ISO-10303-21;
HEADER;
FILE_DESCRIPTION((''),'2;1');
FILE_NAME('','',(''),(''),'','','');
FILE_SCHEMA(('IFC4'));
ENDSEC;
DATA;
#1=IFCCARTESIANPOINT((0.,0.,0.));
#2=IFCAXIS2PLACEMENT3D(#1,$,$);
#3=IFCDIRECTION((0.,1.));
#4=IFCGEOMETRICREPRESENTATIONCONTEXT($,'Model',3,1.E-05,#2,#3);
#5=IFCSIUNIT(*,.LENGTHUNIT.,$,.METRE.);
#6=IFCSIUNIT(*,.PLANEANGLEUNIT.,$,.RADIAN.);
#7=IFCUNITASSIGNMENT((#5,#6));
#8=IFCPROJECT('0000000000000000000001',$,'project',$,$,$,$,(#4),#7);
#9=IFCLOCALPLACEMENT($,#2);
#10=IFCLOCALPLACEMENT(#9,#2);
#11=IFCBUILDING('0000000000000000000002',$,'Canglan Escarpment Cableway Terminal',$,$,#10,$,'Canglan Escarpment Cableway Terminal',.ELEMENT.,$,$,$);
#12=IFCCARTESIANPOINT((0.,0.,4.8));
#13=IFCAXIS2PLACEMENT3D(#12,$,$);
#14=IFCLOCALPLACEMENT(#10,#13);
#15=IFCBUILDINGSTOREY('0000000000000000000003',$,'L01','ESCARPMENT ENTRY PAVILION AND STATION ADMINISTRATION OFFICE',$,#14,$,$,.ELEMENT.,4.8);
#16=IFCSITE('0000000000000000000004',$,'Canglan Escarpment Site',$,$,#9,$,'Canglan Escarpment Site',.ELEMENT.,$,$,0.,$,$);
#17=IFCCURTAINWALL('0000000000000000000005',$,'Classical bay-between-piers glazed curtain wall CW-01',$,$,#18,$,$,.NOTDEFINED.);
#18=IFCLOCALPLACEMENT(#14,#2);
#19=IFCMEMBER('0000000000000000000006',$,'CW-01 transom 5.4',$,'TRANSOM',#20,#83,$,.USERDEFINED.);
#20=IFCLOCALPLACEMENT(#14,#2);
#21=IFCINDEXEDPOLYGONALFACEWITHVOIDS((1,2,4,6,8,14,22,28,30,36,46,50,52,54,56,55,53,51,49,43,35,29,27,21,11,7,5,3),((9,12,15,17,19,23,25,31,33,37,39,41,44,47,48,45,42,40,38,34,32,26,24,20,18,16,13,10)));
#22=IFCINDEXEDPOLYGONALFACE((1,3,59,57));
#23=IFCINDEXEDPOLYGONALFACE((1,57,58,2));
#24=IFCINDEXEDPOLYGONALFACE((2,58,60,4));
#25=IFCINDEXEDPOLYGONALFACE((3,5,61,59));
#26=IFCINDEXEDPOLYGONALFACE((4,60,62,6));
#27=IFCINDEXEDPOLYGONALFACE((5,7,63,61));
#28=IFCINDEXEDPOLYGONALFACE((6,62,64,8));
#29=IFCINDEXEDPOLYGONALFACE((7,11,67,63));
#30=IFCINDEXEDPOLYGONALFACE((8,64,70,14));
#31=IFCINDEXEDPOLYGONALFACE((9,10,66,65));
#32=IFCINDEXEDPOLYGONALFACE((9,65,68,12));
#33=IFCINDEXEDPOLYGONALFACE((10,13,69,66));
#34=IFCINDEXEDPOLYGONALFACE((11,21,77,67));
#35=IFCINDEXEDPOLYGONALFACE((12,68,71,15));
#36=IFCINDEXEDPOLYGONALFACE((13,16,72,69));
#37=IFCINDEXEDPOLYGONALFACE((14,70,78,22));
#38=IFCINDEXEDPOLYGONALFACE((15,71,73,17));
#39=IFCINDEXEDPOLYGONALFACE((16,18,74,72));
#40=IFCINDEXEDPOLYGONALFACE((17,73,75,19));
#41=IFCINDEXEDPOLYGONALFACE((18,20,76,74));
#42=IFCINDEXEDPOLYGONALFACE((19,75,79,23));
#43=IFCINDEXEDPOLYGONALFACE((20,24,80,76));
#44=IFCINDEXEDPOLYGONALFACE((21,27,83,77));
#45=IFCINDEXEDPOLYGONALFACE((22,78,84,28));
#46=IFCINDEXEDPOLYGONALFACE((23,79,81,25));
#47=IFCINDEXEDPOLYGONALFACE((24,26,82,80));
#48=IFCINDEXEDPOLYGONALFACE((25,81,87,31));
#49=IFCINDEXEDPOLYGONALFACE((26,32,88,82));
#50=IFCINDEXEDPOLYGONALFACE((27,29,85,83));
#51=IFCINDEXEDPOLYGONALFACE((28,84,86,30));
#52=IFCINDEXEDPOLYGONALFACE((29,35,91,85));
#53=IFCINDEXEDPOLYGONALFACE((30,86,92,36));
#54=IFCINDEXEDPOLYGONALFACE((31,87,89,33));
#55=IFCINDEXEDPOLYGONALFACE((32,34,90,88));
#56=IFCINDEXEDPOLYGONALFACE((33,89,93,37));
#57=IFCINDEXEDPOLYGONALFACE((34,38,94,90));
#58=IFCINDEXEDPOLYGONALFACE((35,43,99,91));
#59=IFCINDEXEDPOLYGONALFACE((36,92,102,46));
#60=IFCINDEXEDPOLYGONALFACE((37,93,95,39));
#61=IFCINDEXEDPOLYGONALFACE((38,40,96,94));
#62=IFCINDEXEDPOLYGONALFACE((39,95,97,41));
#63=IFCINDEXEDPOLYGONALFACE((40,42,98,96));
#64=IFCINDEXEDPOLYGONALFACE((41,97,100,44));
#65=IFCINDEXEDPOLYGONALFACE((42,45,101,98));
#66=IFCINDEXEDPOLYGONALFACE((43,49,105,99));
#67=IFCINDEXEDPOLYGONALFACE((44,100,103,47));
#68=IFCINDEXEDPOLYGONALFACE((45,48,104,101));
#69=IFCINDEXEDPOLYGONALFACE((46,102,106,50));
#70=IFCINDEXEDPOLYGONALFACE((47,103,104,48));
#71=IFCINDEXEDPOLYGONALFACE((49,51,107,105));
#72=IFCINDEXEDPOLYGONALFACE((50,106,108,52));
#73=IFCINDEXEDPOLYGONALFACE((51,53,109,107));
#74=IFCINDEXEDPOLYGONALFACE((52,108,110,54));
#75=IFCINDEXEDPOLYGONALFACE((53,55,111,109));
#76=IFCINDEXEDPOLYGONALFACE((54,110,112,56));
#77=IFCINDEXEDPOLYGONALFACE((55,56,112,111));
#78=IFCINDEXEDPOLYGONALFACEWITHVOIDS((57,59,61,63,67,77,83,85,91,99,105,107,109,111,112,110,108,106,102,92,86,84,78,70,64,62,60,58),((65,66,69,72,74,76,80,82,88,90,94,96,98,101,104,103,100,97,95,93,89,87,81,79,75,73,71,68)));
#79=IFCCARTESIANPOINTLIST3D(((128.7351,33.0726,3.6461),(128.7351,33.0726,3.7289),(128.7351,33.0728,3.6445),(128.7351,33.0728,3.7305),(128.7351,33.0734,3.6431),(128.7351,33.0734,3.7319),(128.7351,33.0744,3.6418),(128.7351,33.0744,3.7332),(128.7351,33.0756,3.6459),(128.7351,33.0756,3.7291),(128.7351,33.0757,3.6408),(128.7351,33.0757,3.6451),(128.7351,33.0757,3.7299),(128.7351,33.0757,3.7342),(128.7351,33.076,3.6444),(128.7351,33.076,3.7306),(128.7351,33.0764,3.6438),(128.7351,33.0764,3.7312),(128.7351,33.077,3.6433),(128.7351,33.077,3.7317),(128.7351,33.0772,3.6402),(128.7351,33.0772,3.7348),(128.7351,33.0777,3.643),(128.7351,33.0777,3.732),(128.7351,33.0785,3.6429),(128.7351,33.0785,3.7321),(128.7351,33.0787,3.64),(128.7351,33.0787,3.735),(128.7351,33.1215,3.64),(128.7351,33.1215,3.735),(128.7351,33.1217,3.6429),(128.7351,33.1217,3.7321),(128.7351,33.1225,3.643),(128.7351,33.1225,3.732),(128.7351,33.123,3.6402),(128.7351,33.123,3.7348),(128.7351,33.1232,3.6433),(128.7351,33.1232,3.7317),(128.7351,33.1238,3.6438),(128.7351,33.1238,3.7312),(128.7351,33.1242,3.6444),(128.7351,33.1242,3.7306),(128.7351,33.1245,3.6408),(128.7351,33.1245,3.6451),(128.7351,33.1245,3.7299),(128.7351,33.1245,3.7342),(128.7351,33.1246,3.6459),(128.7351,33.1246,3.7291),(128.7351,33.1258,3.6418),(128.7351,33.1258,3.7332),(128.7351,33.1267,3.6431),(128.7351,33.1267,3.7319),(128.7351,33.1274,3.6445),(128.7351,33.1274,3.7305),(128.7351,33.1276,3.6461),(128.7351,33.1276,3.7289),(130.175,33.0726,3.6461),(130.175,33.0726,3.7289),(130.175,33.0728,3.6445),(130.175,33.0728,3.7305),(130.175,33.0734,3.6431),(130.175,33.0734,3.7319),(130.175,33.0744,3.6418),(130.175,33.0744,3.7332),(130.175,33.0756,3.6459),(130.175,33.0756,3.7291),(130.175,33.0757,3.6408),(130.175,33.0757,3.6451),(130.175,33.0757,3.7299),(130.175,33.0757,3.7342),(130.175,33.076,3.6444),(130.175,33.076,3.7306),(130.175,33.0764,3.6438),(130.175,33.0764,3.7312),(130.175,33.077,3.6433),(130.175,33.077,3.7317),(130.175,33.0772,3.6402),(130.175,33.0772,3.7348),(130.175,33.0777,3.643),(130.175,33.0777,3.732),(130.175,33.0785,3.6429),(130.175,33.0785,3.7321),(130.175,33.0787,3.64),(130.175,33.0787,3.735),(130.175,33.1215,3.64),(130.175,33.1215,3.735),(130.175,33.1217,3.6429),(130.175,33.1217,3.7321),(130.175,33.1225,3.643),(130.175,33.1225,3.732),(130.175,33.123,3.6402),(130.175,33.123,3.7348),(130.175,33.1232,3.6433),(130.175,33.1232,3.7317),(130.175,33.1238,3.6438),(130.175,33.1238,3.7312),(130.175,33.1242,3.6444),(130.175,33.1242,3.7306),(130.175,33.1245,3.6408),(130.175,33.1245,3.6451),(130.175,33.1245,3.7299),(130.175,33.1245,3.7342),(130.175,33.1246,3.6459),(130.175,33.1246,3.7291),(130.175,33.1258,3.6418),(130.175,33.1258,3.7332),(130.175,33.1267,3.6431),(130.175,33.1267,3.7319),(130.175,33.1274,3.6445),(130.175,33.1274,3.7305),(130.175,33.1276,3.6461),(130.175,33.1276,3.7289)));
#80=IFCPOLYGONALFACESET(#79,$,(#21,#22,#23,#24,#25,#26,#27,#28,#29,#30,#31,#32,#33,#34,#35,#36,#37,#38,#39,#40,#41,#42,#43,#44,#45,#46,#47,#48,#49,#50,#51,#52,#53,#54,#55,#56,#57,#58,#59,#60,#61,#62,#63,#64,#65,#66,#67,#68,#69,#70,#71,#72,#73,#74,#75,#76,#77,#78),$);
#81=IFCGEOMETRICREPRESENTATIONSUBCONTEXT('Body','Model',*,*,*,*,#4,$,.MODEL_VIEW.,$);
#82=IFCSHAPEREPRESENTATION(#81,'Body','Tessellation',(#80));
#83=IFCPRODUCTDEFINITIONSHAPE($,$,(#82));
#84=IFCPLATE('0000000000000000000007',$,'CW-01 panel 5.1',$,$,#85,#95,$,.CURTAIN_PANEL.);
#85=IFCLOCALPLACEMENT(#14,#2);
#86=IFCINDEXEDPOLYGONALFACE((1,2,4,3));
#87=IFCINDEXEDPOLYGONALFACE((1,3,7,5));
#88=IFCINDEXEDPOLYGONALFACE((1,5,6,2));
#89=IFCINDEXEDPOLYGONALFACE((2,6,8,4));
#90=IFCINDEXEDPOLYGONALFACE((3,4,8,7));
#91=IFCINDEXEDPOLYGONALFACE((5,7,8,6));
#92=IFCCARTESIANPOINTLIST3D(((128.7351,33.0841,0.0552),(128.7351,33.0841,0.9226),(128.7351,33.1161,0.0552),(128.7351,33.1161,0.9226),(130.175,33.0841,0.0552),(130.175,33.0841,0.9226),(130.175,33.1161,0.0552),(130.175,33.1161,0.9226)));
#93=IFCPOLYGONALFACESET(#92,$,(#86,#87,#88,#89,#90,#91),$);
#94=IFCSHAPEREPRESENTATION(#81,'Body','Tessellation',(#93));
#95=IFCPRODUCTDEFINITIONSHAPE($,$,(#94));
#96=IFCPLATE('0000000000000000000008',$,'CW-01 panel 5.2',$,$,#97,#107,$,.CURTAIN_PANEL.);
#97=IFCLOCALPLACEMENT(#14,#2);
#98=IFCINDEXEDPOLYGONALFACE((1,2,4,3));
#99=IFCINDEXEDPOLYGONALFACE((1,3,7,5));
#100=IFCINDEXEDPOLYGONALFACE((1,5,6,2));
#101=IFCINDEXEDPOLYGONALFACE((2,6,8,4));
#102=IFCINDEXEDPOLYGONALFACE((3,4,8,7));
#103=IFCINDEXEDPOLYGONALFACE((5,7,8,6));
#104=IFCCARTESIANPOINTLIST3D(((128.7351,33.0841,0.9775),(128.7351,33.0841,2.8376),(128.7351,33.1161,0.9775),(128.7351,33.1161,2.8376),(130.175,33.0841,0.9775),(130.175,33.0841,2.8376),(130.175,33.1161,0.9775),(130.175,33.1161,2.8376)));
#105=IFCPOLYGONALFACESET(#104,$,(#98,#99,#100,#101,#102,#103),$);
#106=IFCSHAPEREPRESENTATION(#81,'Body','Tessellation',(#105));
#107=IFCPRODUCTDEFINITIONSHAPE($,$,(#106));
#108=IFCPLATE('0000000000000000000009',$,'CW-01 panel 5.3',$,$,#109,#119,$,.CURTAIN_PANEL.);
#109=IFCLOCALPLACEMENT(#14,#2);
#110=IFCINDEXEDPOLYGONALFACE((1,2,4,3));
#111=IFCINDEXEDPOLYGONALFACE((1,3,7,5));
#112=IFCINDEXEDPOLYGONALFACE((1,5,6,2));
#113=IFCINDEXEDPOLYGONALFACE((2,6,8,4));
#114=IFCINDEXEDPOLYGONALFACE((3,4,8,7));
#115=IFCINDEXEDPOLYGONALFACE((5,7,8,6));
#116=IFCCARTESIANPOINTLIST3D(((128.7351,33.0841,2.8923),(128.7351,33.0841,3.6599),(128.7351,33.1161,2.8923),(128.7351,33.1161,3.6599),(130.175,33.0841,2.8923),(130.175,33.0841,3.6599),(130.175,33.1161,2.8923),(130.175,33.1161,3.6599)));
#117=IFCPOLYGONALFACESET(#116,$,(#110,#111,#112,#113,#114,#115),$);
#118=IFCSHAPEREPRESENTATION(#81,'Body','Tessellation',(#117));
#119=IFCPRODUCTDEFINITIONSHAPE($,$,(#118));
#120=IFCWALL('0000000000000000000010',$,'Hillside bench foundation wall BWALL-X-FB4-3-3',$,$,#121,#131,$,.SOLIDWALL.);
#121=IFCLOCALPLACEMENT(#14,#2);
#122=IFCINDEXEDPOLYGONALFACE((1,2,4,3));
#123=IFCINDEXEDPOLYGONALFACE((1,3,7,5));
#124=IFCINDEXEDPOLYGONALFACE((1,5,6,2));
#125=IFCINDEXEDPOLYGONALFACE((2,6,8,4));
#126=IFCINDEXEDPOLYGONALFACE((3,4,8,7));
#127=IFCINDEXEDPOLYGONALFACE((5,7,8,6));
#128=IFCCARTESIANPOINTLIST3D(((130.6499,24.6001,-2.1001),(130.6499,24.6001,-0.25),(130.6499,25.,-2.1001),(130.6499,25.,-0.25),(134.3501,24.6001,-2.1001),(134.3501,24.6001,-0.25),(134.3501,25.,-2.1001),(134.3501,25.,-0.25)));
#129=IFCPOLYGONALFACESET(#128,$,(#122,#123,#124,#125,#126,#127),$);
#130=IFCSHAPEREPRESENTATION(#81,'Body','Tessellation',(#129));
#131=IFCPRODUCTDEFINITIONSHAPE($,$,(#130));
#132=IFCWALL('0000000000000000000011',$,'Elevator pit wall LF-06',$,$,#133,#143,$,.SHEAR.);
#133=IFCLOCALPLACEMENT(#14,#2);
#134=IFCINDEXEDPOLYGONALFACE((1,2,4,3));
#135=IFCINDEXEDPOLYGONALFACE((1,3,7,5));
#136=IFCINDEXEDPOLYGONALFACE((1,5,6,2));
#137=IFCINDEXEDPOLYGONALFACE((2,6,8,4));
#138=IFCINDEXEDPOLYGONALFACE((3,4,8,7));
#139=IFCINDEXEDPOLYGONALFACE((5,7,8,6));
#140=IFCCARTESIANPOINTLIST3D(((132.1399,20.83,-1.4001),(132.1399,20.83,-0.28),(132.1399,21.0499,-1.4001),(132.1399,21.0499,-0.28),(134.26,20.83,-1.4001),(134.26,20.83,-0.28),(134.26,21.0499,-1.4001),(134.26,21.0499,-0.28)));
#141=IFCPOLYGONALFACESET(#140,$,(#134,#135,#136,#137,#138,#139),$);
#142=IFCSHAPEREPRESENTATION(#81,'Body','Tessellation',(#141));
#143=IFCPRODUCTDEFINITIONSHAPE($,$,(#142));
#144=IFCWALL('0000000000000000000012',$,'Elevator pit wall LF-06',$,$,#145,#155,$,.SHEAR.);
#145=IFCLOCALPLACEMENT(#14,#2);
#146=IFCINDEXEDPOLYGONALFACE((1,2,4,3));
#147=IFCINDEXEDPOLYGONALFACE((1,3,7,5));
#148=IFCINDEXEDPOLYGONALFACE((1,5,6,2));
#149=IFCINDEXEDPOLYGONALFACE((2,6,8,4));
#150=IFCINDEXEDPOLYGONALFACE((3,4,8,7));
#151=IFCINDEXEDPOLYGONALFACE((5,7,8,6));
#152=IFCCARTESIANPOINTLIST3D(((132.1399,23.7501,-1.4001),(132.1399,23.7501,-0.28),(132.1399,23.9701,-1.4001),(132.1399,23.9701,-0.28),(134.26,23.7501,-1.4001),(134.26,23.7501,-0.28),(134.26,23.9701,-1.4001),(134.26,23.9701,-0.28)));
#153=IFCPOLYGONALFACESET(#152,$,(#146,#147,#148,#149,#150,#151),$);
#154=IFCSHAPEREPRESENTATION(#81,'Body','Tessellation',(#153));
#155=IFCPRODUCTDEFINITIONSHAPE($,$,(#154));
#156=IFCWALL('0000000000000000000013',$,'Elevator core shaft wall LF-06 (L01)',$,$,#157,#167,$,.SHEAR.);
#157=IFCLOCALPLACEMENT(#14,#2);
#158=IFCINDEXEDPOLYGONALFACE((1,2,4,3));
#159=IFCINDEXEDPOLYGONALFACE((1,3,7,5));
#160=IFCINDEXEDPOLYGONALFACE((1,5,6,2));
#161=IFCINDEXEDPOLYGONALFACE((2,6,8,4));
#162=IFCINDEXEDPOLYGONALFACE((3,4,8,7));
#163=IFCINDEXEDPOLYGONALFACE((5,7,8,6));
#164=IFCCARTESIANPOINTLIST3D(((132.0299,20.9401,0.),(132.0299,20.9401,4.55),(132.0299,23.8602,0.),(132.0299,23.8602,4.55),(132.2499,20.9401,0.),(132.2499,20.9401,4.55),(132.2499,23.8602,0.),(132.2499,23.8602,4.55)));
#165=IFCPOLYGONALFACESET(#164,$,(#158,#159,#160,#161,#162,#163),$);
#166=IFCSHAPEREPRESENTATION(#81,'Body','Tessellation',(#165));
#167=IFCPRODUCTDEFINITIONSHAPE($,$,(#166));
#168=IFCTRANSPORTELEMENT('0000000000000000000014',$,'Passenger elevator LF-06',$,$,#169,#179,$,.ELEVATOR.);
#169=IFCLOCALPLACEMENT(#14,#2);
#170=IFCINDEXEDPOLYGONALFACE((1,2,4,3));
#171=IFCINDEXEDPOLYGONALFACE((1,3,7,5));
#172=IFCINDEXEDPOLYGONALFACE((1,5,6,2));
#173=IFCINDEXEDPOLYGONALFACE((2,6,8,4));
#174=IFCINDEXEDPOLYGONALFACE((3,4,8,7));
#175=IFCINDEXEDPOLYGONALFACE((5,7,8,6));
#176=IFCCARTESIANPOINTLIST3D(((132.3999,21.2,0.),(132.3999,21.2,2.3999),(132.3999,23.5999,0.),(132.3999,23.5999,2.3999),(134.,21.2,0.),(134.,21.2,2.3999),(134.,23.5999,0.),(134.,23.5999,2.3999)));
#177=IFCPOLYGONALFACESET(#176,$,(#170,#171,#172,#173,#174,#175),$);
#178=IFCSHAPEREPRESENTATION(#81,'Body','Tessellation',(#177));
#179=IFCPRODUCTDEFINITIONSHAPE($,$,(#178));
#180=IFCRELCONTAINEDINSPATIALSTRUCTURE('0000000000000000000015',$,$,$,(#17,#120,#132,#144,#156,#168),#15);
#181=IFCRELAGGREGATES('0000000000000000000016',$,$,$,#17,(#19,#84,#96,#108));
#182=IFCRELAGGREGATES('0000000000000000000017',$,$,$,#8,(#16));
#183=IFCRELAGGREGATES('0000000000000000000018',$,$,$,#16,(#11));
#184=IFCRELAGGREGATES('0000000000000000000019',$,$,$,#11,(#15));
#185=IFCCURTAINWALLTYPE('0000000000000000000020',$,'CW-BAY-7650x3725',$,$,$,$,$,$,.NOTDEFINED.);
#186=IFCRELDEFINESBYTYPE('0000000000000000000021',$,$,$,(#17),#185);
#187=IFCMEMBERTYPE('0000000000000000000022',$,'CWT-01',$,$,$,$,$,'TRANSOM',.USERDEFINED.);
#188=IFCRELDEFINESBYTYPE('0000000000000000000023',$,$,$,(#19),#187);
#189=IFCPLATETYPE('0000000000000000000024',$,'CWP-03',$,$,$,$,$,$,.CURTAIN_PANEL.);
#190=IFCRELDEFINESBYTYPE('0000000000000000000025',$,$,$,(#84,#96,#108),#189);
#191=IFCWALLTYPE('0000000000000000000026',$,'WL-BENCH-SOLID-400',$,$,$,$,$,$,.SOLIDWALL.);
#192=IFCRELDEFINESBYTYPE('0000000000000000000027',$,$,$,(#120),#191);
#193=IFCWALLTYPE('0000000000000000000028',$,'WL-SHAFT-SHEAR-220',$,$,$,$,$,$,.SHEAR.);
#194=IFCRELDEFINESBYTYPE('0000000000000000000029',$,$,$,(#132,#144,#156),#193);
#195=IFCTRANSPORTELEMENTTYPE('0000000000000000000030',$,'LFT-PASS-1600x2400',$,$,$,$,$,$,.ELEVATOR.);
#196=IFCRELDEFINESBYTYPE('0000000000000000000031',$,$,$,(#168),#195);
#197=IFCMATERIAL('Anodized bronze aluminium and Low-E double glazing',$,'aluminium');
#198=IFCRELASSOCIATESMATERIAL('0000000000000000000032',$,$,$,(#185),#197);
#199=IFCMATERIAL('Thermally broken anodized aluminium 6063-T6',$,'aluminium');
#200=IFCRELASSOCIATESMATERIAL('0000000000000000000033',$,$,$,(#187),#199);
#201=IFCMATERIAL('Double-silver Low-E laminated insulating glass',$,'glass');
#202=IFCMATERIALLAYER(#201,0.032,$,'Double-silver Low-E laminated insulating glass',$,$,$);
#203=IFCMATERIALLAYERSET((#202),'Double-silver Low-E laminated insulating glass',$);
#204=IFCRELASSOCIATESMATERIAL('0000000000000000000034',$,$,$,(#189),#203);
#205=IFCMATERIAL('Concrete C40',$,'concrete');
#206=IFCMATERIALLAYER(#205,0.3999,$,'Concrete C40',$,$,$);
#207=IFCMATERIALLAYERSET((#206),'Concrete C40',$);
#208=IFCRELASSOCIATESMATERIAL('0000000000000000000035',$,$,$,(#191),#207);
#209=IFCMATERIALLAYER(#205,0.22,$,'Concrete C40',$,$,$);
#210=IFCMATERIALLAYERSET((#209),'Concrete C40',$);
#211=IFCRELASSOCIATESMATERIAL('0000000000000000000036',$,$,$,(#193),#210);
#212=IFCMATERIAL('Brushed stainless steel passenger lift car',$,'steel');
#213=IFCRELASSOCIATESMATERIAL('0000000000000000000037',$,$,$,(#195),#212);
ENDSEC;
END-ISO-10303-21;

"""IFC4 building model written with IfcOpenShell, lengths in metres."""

from ifc_helpers import new_model, si_unit, direction, frame, frame_2d, origin, origin_2d, place, context, subcontext, project, spatial, rectangle, hollow_rectangle, extrude, material, layer, layer_set, material_profile, profile_set, type_object, element, aggregate, save


model = new_model("IFC4")

# Units and contexts
model_context = context("Model", 3, precision=1e-05, world=origin(), true_north=direction((0.0, 1.0)))
body_context = subcontext(model_context, "Body", "Model", "MODEL_VIEW")
ifc_project = project(units=[si_unit("LENGTHUNIT", "METRE"), si_unit("PLANEANGLEUNIT", "RADIAN")], contexts=[model_context])

# Site, building, storey
site_placement = place(None, origin())
site = spatial("IfcSite", under=ifc_project, at=site_placement, Name="Canglan Escarpment Site", LongName="Canglan Escarpment Site", CompositionType="ELEMENT", RefElevation=0.0)
building_placement = place(site_placement, origin())
building = spatial("IfcBuilding", under=site, at=building_placement, Name="Canglan Escarpment Cableway Terminal", LongName="Canglan Escarpment Cableway Terminal", CompositionType="ELEMENT")
storey_placement = place(building_placement, frame((0.0, 0.0, 4.8)))
storey = spatial("IfcBuildingStorey", under=building, at=storey_placement, Name="L01", Description="ESCARPMENT ENTRY PAVILION AND STATION ADMINISTRATION OFFICE", CompositionType="ELEMENT", Elevation=4.8)

# Shared definitions
ifc_material_1 = material(Name="Concrete C40", Category="concrete")

# Curtain wall, member, plates
ifc_material_2 = material(Name="Anodized bronze aluminium and Low-E double glazing", Category="aluminium")
curtain_wall_type = type_object("IfcCurtainWallType", Name="CW-BAY-7650x3725", PredefinedType="NOTDEFINED", material=ifc_material_2)
curtain_wall_placement = place(storey_placement, origin())
curtain_wall = element("IfcCurtainWall", 1, at=curtain_wall_placement, inside=storey, type_object=curtain_wall_type, Name="Classical bay-between-piers glazed curtain wall CW-01", PredefinedType="NOTDEFINED")
ifc_material_3 = material(Name="Thermally broken anodized aluminium 6063-T6", Category="aluminium")
ifc_material_profile_1 = material_profile(ifc_material_3, hollow_rectangle(XDim=0.0549, YDim=0.095, WallThickness=0.0029, InnerFilletRadius=0.0029, OuterFilletRadius=0.0061, at=origin_2d()), Name="ALU-TRAN 55x95x3")
ifc_profile_set_1 = profile_set([ifc_material_profile_1], Name="Thermally broken anodized aluminium 6063-T6")
member_type_1 = type_object("IfcMemberType", Name="CWT-01", ElementType="TRANSOM", PredefinedType="USERDEFINED", material=ifc_profile_set_1)
member_1_placement = place(storey_placement, frame((130.175, 33.1001, 3.6875), z_axis=(-1.0, 0.0, 0.0), x_axis=(0.0, -1.0, 0.0)))
member_1 = element("IfcMember", 2, at=member_1_placement, type_object=member_type_1, Name="CW-01 transom 5.4", ObjectType="TRANSOM", PredefinedType="USERDEFINED", context=body_context, shape_type="SweptSolid", body=[
    extrude(hollow_rectangle(XDim=0.0549, YDim=0.095, WallThickness=0.0029, InnerFilletRadius=0.0029, OuterFilletRadius=0.0061, at=origin_2d()), origin(), (0.0, 0.0, 1.0), 1.4399),
])
ifc_material_4 = material(Name="Double-silver Low-E laminated insulating glass", Category="glass")
ifc_layer_1 = layer(ifc_material_4, 0.032, Name="Double-silver Low-E laminated insulating glass")
ifc_layer_set_1 = layer_set([ifc_layer_1], Name="Double-silver Low-E laminated insulating glass")
plate_type = type_object("IfcPlateType", Name="CWP-03", PredefinedType="CURTAIN_PANEL", material=ifc_layer_set_1)
plate_1_placement = place(storey_placement, frame((129.4551, 33.1001, 0.0552), z_axis=(0.0, 0.0, 1.0), x_axis=(-1.0, 0.0, 0.0)))
plate_1 = element("IfcPlate", 3, at=plate_1_placement, type_object=plate_type, Name="CW-01 panel 5.1", PredefinedType="CURTAIN_PANEL", context=body_context, shape_type="SweptSolid", body=[
    extrude(rectangle(XDim=1.4399, YDim=0.032, at=origin_2d()), origin(), (0.0, 0.0, 1.0), 0.8674),
])
plate_2_placement = place(storey_placement, frame((129.4551, 33.1001, 0.9775), z_axis=(0.0, 0.0, 1.0), x_axis=(-1.0, 0.0, 0.0)))
plate_2 = element("IfcPlate", 4, at=plate_2_placement, type_object=plate_type, Name="CW-01 panel 5.2", PredefinedType="CURTAIN_PANEL", context=body_context, shape_type="SweptSolid", body=[
    extrude(rectangle(XDim=1.4399, YDim=0.032, at=origin_2d()), origin(), (0.0, 0.0, 1.0), 1.8601),
])
plate_3_placement = place(storey_placement, frame((129.4551, 33.1001, 2.8923), z_axis=(0.0, 0.0, 1.0), x_axis=(-1.0, 0.0, 0.0)))
plate_3 = element("IfcPlate", 5, at=plate_3_placement, type_object=plate_type, Name="CW-01 panel 5.3", PredefinedType="CURTAIN_PANEL", context=body_context, shape_type="SweptSolid", body=[
    extrude(rectangle(XDim=1.4399, YDim=0.032, at=origin_2d()), origin(), (0.0, 0.0, 1.0), 0.7676),
])
aggregate(curtain_wall, [member_1, plate_1, plate_2, plate_3])

# Walls
ifc_layer_2 = layer(ifc_material_1, 0.3999, Name="Concrete C40")
ifc_layer_set_2 = layer_set([ifc_layer_2], Name="Concrete C40")
wall_type_1 = type_object("IfcWallType", Name="WL-BENCH-SOLID-400", PredefinedType="SOLIDWALL", material=ifc_layer_set_2)
wall_1_placement = place(storey_placement, frame((130.6499, 24.8, -2.1001), z_axis=(0.0, 0.0, 1.0), x_axis=(1.0, 0.0, 0.0)))
element("IfcWall", 6, at=wall_1_placement, inside=storey, type_object=wall_type_1, Name="Hillside bench foundation wall BWALL-X-FB4-3-3", PredefinedType="SOLIDWALL", context=body_context, shape_type="SweptSolid", body=[
    extrude(rectangle(XDim=3.7002, YDim=0.3999, at=frame_2d((1.8501, 0.0))), origin(), (0.0, 0.0, 1.0), 1.8501),
])
ifc_layer_3 = layer(ifc_material_1, 0.22, Name="Concrete C40")
ifc_layer_set_3 = layer_set([ifc_layer_3], Name="Concrete C40")
wall_type_2 = type_object("IfcWallType", Name="WL-SHAFT-SHEAR-220", PredefinedType="SHEAR", material=ifc_layer_set_3)
for number, where, z_axis, x_axis, name in (
    (7, (132.1399, 20.9399, -1.4001), (0.0, 0.0, 1.0), (1.0, 0.0, 0.0), "Elevator pit wall LF-06"),
    (8, (132.1399, 23.8601, -1.4001), (0.0, 0.0, 1.0), (1.0, 0.0, 0.0), "Elevator pit wall LF-06"),
):
    element("IfcWall", number, at=place(storey_placement, frame(where, z_axis=z_axis, x_axis=x_axis)), inside=storey, type_object=wall_type_2, Name=name, PredefinedType="SHEAR", context=body_context, shape_type="SweptSolid", body=[
        extrude(rectangle(XDim=2.1201, YDim=0.22, at=frame_2d((1.0601, 0.0))), origin(), (0.0, 0.0, 1.0), 1.1201),
    ])

# Wall
wall_2_placement = place(storey_placement, frame((132.1399, 23.8601, 0.0), z_axis=(0.0, 0.0, 1.0), x_axis=(0.0, -1.0, 0.0)))
element("IfcWall", 9, at=wall_2_placement, inside=storey, type_object=wall_type_2, Name="Elevator core shaft wall LF-06 (L01)", PredefinedType="SHEAR", context=body_context, shape_type="SweptSolid", body=[
    extrude(rectangle(XDim=2.9202, YDim=0.22, at=frame_2d((1.46, 0.0))), origin(), (0.0, 0.0, 1.0), 4.55),
])

# Transport element
ifc_material_5 = material(Name="Brushed stainless steel passenger lift car", Category="steel")
transport_element_type = type_object("IfcTransportElementType", Name="LFT-PASS-1600x2400", PredefinedType="ELEVATOR", material=ifc_material_5)
transport_element_placement = place(storey_placement, frame((133.2, 22.3999, 0.0), z_axis=(0.0, 0.0, 1.0), x_axis=(1.0, 0.0, 0.0)))
element("IfcTransportElement", 10, at=transport_element_placement, inside=storey, type_object=transport_element_type, Name="Passenger elevator LF-06", PredefinedType="ELEVATOR", context=body_context, shape_type="SweptSolid", body=[
    extrude(rectangle(XDim=1.6001, YDim=2.3999, at=origin_2d()), origin(), (0.0, 0.0, 1.0), 2.3999),
])

save(model, "model.ifc")
